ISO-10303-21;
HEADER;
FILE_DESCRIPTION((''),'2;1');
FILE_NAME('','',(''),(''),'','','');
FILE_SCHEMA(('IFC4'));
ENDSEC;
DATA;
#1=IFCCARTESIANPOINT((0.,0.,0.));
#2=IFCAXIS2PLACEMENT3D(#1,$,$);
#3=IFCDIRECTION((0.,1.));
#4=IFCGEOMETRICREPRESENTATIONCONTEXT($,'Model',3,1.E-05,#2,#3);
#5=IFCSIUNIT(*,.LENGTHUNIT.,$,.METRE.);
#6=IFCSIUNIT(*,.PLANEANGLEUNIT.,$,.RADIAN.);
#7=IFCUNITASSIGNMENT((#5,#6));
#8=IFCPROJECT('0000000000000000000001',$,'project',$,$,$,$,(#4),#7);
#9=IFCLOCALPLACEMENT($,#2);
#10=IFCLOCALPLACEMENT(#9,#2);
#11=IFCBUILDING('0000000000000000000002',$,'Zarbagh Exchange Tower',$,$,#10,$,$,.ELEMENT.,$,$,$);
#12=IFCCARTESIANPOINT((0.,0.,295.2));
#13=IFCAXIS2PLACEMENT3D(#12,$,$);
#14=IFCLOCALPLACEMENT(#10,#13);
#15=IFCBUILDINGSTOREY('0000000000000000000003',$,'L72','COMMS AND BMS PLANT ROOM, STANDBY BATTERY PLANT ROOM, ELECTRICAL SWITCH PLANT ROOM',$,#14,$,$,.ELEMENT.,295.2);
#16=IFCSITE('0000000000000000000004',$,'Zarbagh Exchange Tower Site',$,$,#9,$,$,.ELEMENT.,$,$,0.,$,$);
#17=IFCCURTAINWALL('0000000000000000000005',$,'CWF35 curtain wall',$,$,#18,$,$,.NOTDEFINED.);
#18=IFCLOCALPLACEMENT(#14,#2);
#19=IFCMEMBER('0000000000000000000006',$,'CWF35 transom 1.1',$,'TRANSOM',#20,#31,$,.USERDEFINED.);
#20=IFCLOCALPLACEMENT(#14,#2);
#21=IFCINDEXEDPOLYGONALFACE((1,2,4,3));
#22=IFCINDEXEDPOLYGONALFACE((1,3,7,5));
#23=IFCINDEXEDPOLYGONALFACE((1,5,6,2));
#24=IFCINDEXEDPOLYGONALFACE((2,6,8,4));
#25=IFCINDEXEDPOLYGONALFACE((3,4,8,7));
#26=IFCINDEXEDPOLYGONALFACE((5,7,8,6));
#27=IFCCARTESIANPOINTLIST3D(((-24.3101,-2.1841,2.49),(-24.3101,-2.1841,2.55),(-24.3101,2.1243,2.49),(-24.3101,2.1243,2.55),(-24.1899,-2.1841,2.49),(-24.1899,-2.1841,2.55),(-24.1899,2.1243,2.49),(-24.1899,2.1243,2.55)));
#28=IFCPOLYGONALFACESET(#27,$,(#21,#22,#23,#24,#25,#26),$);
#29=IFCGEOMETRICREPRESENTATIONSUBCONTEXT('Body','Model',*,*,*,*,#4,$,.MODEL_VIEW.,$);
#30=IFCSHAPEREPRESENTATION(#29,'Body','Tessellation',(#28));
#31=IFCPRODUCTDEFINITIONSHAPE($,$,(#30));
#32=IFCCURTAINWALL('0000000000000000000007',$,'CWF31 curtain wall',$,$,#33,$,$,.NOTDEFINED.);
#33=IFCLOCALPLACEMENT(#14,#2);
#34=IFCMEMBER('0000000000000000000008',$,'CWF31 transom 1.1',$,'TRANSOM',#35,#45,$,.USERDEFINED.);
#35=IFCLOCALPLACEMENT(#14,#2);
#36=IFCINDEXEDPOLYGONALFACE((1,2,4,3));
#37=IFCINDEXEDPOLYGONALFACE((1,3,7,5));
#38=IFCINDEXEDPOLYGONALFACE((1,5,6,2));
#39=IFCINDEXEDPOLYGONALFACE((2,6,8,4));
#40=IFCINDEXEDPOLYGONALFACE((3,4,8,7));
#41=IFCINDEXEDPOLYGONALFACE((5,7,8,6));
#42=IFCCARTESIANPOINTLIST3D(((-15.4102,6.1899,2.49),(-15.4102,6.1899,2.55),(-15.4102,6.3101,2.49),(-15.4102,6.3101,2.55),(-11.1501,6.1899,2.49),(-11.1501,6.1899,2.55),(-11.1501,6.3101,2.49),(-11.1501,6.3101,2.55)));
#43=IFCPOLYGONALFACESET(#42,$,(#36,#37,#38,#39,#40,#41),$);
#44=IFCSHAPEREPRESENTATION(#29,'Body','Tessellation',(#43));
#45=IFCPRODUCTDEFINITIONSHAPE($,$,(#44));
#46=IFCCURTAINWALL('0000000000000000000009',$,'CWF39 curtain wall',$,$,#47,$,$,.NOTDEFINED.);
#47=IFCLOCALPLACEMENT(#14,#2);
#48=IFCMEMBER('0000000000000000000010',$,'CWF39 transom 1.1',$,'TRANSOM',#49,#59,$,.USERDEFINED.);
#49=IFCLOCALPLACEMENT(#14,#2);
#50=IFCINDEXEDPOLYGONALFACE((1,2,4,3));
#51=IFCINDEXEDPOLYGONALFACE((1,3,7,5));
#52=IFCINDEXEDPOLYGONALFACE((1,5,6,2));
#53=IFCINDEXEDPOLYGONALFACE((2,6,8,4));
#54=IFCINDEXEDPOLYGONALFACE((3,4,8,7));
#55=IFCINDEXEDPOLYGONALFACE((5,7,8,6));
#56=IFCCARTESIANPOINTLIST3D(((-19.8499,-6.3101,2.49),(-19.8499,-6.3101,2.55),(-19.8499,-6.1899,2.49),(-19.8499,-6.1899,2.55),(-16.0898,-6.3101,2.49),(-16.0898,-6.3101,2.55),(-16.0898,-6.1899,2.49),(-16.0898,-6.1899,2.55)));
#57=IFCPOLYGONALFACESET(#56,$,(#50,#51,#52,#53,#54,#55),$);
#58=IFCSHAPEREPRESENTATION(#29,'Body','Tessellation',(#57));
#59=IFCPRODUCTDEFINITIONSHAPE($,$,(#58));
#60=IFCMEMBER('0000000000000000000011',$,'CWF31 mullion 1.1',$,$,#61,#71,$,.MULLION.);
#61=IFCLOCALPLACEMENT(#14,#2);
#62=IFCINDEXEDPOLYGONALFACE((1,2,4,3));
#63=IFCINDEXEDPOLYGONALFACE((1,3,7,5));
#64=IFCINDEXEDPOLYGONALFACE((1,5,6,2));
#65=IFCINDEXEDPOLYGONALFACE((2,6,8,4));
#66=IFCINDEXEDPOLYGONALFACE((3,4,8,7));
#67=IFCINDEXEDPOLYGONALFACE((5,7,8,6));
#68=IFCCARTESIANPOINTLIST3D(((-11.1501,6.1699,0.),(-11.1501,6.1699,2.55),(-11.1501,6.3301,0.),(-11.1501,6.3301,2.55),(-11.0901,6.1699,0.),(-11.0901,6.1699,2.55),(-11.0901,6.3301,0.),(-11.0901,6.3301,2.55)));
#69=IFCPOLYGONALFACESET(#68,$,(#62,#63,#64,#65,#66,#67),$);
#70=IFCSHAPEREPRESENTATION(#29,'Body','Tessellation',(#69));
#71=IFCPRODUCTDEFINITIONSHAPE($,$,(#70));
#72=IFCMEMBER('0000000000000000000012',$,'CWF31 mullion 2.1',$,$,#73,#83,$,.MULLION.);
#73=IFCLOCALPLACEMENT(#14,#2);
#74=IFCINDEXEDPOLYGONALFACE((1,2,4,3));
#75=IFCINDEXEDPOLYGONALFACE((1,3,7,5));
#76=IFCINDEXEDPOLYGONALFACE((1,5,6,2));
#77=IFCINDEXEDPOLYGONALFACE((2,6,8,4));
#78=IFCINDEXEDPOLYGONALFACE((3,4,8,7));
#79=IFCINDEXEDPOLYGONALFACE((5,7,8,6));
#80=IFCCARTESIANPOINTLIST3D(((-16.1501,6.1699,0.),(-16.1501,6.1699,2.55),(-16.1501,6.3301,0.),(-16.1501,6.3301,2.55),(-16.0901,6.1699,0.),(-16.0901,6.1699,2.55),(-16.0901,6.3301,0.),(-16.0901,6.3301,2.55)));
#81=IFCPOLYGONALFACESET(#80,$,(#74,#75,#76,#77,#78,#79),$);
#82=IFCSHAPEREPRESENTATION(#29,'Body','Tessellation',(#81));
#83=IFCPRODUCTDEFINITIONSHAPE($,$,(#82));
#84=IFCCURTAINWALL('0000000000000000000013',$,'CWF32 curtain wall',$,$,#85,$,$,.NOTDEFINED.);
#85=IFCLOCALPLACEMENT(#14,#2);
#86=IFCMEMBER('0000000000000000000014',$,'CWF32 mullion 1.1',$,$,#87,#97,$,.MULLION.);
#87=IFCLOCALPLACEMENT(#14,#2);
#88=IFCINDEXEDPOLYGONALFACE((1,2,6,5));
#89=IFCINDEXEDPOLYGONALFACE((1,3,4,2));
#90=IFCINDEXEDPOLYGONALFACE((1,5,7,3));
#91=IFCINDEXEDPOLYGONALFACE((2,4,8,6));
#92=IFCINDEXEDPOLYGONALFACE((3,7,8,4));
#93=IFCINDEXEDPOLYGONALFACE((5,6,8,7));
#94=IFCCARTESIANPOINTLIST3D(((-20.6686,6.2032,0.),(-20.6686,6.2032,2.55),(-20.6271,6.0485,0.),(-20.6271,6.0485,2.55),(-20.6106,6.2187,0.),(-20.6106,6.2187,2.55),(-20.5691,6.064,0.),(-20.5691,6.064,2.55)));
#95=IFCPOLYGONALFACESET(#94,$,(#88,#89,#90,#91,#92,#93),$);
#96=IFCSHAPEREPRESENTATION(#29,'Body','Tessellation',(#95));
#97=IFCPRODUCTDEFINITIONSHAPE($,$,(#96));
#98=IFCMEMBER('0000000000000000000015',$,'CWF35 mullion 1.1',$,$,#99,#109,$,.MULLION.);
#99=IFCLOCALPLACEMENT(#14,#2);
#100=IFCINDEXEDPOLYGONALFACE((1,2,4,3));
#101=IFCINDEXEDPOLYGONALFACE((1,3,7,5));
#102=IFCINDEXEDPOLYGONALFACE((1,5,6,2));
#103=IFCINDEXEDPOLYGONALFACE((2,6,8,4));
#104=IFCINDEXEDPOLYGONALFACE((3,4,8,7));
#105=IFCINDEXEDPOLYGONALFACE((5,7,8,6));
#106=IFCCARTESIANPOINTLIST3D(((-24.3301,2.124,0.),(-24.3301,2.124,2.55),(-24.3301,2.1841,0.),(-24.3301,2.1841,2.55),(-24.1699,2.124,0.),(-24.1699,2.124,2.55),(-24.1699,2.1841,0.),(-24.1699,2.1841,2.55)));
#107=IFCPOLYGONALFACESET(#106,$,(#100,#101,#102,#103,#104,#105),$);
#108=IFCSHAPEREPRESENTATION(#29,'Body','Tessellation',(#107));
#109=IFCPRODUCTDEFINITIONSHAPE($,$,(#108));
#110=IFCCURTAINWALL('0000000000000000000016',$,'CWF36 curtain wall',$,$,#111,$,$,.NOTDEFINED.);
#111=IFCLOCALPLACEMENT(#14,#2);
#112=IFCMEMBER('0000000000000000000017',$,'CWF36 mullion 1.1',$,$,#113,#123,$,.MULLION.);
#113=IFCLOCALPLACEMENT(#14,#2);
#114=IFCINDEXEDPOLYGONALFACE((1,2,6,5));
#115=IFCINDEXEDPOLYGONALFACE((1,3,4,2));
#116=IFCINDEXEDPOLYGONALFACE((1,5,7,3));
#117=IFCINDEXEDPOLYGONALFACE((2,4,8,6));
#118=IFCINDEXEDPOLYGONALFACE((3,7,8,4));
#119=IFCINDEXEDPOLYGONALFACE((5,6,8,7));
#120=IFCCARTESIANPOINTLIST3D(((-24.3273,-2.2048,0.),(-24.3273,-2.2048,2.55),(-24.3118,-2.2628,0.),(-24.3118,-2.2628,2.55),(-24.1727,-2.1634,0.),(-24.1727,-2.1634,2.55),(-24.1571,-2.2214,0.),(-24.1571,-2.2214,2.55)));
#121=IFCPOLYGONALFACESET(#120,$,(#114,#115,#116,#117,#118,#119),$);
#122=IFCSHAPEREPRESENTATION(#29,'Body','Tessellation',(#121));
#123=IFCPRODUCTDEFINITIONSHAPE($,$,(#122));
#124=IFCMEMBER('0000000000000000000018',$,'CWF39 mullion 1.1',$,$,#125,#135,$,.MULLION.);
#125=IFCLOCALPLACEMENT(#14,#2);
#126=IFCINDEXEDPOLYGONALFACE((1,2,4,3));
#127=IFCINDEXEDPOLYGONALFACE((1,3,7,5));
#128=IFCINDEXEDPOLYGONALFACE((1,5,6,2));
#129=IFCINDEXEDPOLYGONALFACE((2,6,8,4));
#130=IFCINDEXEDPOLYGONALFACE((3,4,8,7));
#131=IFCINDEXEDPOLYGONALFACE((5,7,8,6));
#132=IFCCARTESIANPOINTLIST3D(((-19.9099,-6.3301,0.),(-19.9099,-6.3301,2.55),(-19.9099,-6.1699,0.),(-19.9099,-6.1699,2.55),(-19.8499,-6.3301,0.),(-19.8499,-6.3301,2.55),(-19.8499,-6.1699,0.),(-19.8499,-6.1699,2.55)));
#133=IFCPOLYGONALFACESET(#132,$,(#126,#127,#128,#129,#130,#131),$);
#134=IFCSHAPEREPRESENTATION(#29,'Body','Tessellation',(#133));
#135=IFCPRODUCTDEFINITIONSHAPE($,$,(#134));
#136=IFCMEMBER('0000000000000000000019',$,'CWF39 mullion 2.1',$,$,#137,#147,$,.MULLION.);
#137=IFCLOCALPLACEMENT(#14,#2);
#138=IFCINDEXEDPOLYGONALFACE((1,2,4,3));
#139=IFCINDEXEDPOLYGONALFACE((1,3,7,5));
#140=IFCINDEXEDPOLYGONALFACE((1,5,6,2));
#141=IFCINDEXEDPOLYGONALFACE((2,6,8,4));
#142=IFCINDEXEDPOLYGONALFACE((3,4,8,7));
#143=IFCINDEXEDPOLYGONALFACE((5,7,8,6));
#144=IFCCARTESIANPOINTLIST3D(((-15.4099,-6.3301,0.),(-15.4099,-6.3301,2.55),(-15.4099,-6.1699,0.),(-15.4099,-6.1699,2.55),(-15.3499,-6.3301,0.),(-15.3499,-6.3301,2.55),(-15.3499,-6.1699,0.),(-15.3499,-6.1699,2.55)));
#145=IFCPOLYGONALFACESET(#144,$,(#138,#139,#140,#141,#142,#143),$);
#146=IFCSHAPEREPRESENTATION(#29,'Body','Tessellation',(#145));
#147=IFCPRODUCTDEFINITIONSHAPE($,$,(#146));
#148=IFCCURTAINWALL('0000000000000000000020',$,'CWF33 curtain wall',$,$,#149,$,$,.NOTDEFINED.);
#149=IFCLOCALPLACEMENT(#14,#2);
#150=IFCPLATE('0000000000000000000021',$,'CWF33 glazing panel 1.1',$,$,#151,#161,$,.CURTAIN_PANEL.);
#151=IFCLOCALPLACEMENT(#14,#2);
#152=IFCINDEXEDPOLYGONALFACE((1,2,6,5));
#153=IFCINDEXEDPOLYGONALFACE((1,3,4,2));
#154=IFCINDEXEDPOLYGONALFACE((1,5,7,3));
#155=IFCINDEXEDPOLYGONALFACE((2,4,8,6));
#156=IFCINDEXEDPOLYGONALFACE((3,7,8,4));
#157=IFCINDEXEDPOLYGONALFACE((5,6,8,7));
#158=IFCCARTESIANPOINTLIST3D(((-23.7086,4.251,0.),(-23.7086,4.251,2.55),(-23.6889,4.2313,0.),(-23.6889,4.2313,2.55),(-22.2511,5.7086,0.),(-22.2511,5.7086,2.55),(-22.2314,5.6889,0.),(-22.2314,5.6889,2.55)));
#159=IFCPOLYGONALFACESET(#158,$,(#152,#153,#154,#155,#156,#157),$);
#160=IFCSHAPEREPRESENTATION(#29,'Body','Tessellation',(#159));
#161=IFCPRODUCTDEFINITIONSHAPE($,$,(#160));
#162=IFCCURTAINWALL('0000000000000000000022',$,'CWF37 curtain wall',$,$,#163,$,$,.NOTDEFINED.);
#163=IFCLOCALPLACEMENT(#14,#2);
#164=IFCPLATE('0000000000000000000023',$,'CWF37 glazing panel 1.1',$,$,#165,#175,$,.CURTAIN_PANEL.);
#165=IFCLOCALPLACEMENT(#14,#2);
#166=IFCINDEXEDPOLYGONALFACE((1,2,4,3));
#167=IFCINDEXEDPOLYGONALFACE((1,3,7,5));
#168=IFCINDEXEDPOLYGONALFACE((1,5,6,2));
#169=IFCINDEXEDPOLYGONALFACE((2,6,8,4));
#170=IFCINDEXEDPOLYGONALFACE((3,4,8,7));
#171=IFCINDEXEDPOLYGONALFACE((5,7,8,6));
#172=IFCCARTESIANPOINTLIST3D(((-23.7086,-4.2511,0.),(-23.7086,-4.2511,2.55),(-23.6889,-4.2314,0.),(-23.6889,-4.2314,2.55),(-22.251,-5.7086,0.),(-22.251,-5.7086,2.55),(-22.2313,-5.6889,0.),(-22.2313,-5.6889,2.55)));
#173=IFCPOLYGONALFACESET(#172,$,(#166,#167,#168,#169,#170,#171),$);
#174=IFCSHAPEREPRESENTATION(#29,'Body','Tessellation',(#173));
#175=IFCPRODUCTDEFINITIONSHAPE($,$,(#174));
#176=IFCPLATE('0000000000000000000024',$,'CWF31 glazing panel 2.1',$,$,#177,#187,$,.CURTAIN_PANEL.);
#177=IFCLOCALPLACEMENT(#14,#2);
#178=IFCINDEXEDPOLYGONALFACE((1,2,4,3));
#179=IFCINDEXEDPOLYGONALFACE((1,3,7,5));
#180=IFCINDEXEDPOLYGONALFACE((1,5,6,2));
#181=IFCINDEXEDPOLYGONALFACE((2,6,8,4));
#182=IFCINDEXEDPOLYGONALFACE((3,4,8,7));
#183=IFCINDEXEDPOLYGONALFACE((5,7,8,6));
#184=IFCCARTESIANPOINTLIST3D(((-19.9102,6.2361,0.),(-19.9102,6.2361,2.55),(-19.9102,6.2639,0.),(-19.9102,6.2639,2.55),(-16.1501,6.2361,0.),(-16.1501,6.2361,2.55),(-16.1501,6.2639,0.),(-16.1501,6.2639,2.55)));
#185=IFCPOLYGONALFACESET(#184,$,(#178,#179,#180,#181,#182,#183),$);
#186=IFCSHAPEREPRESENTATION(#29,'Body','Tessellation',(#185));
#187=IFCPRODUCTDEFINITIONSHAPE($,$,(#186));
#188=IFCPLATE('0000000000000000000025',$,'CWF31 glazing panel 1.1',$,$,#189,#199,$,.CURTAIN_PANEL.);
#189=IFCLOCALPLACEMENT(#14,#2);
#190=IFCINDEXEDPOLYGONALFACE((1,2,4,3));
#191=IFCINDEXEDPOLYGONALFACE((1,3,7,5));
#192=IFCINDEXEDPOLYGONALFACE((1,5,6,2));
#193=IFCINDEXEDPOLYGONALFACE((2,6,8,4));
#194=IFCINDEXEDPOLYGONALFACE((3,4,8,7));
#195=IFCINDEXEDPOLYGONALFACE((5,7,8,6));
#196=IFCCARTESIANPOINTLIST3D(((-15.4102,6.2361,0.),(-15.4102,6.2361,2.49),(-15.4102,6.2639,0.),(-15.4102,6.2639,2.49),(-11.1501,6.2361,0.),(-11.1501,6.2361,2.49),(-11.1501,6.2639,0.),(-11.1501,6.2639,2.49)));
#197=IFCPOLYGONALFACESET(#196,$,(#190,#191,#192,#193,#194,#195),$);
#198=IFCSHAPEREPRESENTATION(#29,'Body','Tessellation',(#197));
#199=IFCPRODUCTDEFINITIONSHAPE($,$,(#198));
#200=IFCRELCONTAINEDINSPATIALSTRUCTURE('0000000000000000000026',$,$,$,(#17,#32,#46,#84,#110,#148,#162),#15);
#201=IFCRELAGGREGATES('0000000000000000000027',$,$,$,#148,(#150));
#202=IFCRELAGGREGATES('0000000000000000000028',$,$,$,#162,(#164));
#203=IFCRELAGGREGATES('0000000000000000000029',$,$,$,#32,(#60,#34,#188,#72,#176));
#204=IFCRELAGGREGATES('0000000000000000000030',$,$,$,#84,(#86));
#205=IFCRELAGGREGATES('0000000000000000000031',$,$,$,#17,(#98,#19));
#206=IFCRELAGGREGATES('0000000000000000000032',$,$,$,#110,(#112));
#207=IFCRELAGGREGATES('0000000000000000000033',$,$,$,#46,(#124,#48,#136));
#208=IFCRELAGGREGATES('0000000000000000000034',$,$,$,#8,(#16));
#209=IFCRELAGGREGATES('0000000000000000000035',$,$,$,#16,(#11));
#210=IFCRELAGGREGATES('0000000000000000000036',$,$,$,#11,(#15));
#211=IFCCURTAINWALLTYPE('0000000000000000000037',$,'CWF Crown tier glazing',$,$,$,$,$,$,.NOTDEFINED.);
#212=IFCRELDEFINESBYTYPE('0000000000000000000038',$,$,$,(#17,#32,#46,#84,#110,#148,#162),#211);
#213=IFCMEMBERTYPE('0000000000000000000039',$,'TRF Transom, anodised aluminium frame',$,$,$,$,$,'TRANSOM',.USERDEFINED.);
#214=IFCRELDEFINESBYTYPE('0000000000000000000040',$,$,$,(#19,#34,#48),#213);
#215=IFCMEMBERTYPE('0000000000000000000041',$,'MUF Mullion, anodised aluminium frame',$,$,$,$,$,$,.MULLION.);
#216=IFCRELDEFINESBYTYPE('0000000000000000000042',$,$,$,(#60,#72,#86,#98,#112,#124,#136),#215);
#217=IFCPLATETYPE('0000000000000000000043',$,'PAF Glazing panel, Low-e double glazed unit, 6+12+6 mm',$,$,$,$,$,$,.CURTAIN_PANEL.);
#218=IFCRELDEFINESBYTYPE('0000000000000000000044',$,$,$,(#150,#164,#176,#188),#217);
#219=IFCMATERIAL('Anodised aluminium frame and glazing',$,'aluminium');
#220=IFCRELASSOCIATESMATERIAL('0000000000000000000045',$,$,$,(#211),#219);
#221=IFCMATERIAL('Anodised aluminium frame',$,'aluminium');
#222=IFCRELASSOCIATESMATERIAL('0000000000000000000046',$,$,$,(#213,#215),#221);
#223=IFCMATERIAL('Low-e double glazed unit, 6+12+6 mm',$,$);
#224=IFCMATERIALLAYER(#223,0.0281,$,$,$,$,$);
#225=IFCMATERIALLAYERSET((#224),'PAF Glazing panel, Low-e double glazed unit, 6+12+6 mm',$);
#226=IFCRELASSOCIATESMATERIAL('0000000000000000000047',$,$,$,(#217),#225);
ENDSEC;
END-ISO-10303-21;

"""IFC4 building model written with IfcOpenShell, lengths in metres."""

from ifc_helpers import new_model, si_unit, direction, frame, origin, place, context, subcontext, project, spatial, polyline, outline, extrude, source, transform, mapped, material, layer, layer_set, type_object, element, aggregate, save


model = new_model("IFC4")

# Units and contexts
model_context = context("Model", 3, precision=1e-05, world=origin(), true_north=direction((0.0, 1.0)))
body_context = subcontext(model_context, "Body", "Model", "MODEL_VIEW")
ifc_project = project(units=[si_unit("LENGTHUNIT", "METRE"), si_unit("PLANEANGLEUNIT", "RADIAN")], contexts=[model_context])

# Site, building, storey
site_placement = place(None, origin())
site = spatial("IfcSite", under=ifc_project, at=site_placement, Name="Zarbagh Exchange Tower Site", CompositionType="ELEMENT", RefElevation=0.0)
building_placement = place(site_placement, origin())
building = spatial("IfcBuilding", under=site, at=building_placement, Name="Zarbagh Exchange Tower", CompositionType="ELEMENT")
storey_placement = place(building_placement, frame((0.0, 0.0, 295.2)))
storey = spatial("IfcBuildingStorey", under=building, at=storey_placement, Name="L72", Description="COMMS AND BMS PLANT ROOM, STANDBY BATTERY PLANT ROOM, ELECTRICAL SWITCH PLANT ROOM", CompositionType="ELEMENT", Elevation=295.2)

# Curtain walls, members
ifc_material_1 = material(Name="Anodised aluminium frame and glazing", Category="aluminium")
curtain_wall_type = type_object("IfcCurtainWallType", Name="CWF Crown tier glazing", PredefinedType="NOTDEFINED", material=ifc_material_1)
curtain_wall_1_placement = place(storey_placement, origin())
curtain_wall_1 = element("IfcCurtainWall", 1, at=curtain_wall_1_placement, inside=storey, type_object=curtain_wall_type, Name="CWF35 curtain wall", PredefinedType="NOTDEFINED")
ifc_material_2 = material(Name="Anodised aluminium frame", Category="aluminium")
member_type_1 = type_object("IfcMemberType", Name="TRF Transom, anodised aluminium frame", ElementType="TRANSOM", PredefinedType="USERDEFINED", material=ifc_material_2)
shared_shape_1 = source(origin(), body_context, "Body", "SweptSolid", [
    extrude(outline(polyline([(-0.0601, -0.0601), (0.0, -0.0601), (0.0, 0.0601), (-0.0601, 0.0601), (-0.0601, -0.0601)])), origin(), (0.0, 0.0, 1.0), 4.3083),
])
placement = place(storey_placement, origin())
member_1 = element("IfcMember", 2, at=placement, type_object=member_type_1, Name="CWF35 transom 1.1", ObjectType="TRANSOM", PredefinedType="USERDEFINED", context=body_context, shape_type="MappedRepresentation", body=[
    mapped(shared_shape_1, transform((-24.25, 2.1243, 2.55), x_axis=(0.0, 0.0, 1.0), y_axis=(-1.0, 0.0, 0.0), z_axis=(0.0, -1.0, 0.0))),
])
curtain_wall_2_placement = place(storey_placement, origin())
curtain_wall_2 = element("IfcCurtainWall", 3, at=curtain_wall_2_placement, inside=storey, type_object=curtain_wall_type, Name="CWF31 curtain wall", PredefinedType="NOTDEFINED")
shared_shape_2 = source(origin(), body_context, "Body", "SweptSolid", [
    extrude(outline(polyline([(-0.0601, -0.0601), (0.0, -0.0601), (0.0, 0.0601), (-0.0601, 0.0601), (-0.0601, -0.0601)])), origin(), (0.0, 0.0, 1.0), 4.26),
])
member_2 = element("IfcMember", 4, at=placement, type_object=member_type_1, Name="CWF31 transom 1.1", ObjectType="TRANSOM", PredefinedType="USERDEFINED", context=body_context, shape_type="MappedRepresentation", body=[
    mapped(shared_shape_2, transform((-11.1501, 6.25, 2.55), x_axis=(0.0, 0.0, 1.0), y_axis=(0.0, 1.0, 0.0), z_axis=(-1.0, 0.0, 0.0))),
])
curtain_wall_3_placement = place(storey_placement, origin())
curtain_wall_3 = element("IfcCurtainWall", 5, at=curtain_wall_3_placement, inside=storey, type_object=curtain_wall_type, Name="CWF39 curtain wall", PredefinedType="NOTDEFINED")
shared_shape_3 = source(origin(), body_context, "Body", "SweptSolid", [
    extrude(outline(polyline([(-0.0601, -0.0601), (0.0, -0.0601), (0.0, 0.0601), (-0.0601, 0.0601), (-0.0601, -0.0601)])), origin(), (0.0, 0.0, 1.0), 3.76),
])
member_3 = element("IfcMember", 6, at=placement, type_object=member_type_1, Name="CWF39 transom 1.1", ObjectType="TRANSOM", PredefinedType="USERDEFINED", context=body_context, shape_type="MappedRepresentation", body=[
    mapped(shared_shape_3, transform((-19.8499, -6.25, 2.55), x_axis=(0.0, 0.0, 1.0), y_axis=(0.0, -1.0, 0.0), z_axis=(1.0, 0.0, 0.0))),
])

# Members
member_type_2 = type_object("IfcMemberType", Name="MUF Mullion, anodised aluminium frame", PredefinedType="MULLION", material=ifc_material_2)
shared_shape_4 = source(origin(), body_context, "Body", "SweptSolid", [
    extrude(outline(polyline([(0.0, -0.0801), (0.0601, -0.0801), (0.0601, 0.0801), (0.0, 0.0801), (0.0, -0.0801)])), origin(), (0.0, 0.0, 1.0), 2.55),
])
member_4 = element("IfcMember", 7, at=placement, type_object=member_type_2, Name="CWF31 mullion 1.1", PredefinedType="MULLION", context=body_context, shape_type="MappedRepresentation", body=[
    mapped(shared_shape_4, transform((-11.0901, 6.25, 0.0), x_axis=(-1.0, 0.0, 0.0), y_axis=(0.0, -1.0, 0.0), z_axis=(0.0, 0.0, 1.0))),
])
member_5 = element("IfcMember", 8, at=placement, type_object=member_type_2, Name="CWF31 mullion 2.1", PredefinedType="MULLION", context=body_context, shape_type="MappedRepresentation", body=[
    mapped(shared_shape_4, transform((-16.0901, 6.25, 0.0), x_axis=(-1.0, 0.0, 0.0), y_axis=(0.0, -1.0, 0.0), z_axis=(0.0, 0.0, 1.0))),
])

# Curtain wall, member
curtain_wall_4_placement = place(storey_placement, origin())
curtain_wall_4 = element("IfcCurtainWall", 9, at=curtain_wall_4_placement, inside=storey, type_object=curtain_wall_type, Name="CWF32 curtain wall", PredefinedType="NOTDEFINED")
member_6 = element("IfcMember", 10, at=placement, type_object=member_type_2, Name="CWF32 mullion 1.1", PredefinedType="MULLION", context=body_context, shape_type="MappedRepresentation", body=[
    mapped(shared_shape_4, transform((-20.5898, 6.1414, 0.0), x_axis=(-0.965924, -0.258825, 0.0), y_axis=(0.258825, -0.965924, 0.0), z_axis=(0.0, 0.0, 1.0))),
])

# Member
member_7 = element("IfcMember", 11, at=placement, type_object=member_type_2, Name="CWF35 mullion 1.1", PredefinedType="MULLION", context=body_context, shape_type="MappedRepresentation", body=[
    mapped(shared_shape_4, transform((-24.25, 2.1841, 0.0), x_axis=(0.0, -1.0, 0.0), y_axis=(1.0, 0.0, 0.0), z_axis=(0.0, 0.0, 1.0))),
])

# Curtain wall, member
curtain_wall_5_placement = place(storey_placement, origin())
curtain_wall_5 = element("IfcCurtainWall", 12, at=curtain_wall_5_placement, inside=storey, type_object=curtain_wall_type, Name="CWF36 curtain wall", PredefinedType="NOTDEFINED")
member_8 = element("IfcMember", 13, at=placement, type_object=member_type_2, Name="CWF36 mullion 1.1", PredefinedType="MULLION", context=body_context, shape_type="MappedRepresentation", body=[
    mapped(shared_shape_4, transform((-24.25, -2.1841, 0.0), x_axis=(0.258825, -0.965924, 0.0), y_axis=(0.965924, 0.258825, 0.0), z_axis=(0.0, 0.0, 1.0))),
])

# Members
member_9 = element("IfcMember", 14, at=placement, type_object=member_type_2, Name="CWF39 mullion 1.1", PredefinedType="MULLION", context=body_context, shape_type="MappedRepresentation", body=[
    mapped(shared_shape_4, transform((-19.9099, -6.25, 0.0), x_axis=(1.0, 0.0, 0.0), y_axis=(0.0, 1.0, 0.0), z_axis=(0.0, 0.0, 1.0))),
])
member_10 = element("IfcMember", 15, at=placement, type_object=member_type_2, Name="CWF39 mullion 2.1", PredefinedType="MULLION", context=body_context, shape_type="MappedRepresentation", body=[
    mapped(shared_shape_4, transform((-15.4099, -6.25, 0.0), x_axis=(1.0, 0.0, 0.0), y_axis=(0.0, 1.0, 0.0), z_axis=(0.0, 0.0, 1.0))),
])

# Curtain walls, plates
curtain_wall_6_placement = place(storey_placement, origin())
curtain_wall_6 = element("IfcCurtainWall", 16, at=curtain_wall_6_placement, inside=storey, type_object=curtain_wall_type, Name="CWF33 curtain wall", PredefinedType="NOTDEFINED")
ifc_material_3 = material(Name="Low-e double glazed unit, 6+12+6 mm")
ifc_layer = layer(ifc_material_3, 0.0281)
ifc_layer_set = layer_set([ifc_layer], Name="PAF Glazing panel, Low-e double glazed unit, 6+12+6 mm")
plate_type = type_object("IfcPlateType", Name="PAF Glazing panel, Low-e double glazed unit, 6+12+6 mm", PredefinedType="CURTAIN_PANEL", material=ifc_layer_set)
shared_shape_5 = source(origin(), body_context, "Body", "SweptSolid", [
    extrude(outline(polyline([(0.0, -0.0139), (2.0613, -0.0139), (2.0613, 0.0139), (0.0, 0.0139), (0.0, -0.0139)])), origin(), (0.0, 0.0, 1.0), 2.55),
])
plate_1 = element("IfcPlate", 17, at=placement, type_object=plate_type, Name="CWF33 glazing panel 1.1", PredefinedType="CURTAIN_PANEL", context=body_context, shape_type="MappedRepresentation", body=[
    mapped(shared_shape_5, transform((-22.2412, 5.6987, 0.0), x_axis=(-0.707107, -0.707107, 0.0), y_axis=(0.707107, -0.707107, 0.0), z_axis=(0.0, 0.0, 1.0))),
])
aggregate(curtain_wall_6, [plate_1])
curtain_wall_7_placement = place(storey_placement, origin())
curtain_wall_7 = element("IfcCurtainWall", 18, at=curtain_wall_7_placement, inside=storey, type_object=curtain_wall_type, Name="CWF37 curtain wall", PredefinedType="NOTDEFINED")
plate_2 = element("IfcPlate", 19, at=placement, type_object=plate_type, Name="CWF37 glazing panel 1.1", PredefinedType="CURTAIN_PANEL", context=body_context, shape_type="MappedRepresentation", body=[
    mapped(shared_shape_5, transform((-23.6987, -4.2412, 0.0), x_axis=(0.707107, -0.707107, 0.0), y_axis=(0.707107, 0.707107, 0.0), z_axis=(0.0, 0.0, 1.0))),
])
aggregate(curtain_wall_7, [plate_2])

# Plates
shared_shape_6 = source(origin(), body_context, "Body", "SweptSolid", [
    extrude(outline(polyline([(0.0, -0.0139), (3.76, -0.0139), (3.76, 0.0139), (0.0, 0.0139), (0.0, -0.0139)])), origin(), (0.0, 0.0, 1.0), 2.55),
])
plate_3 = element("IfcPlate", 20, at=placement, type_object=plate_type, Name="CWF31 glazing panel 2.1", PredefinedType="CURTAIN_PANEL", context=body_context, shape_type="MappedRepresentation", body=[
    mapped(shared_shape_6, transform((-16.1501, 6.25, 0.0), x_axis=(-1.0, 0.0, 0.0), y_axis=(0.0, -1.0, 0.0), z_axis=(0.0, 0.0, 1.0))),
])
shared_shape_7 = source(origin(), body_context, "Body", "SweptSolid", [
    extrude(outline(polyline([(0.0, -0.0139), (4.26, -0.0139), (4.26, 0.0139), (0.0, 0.0139), (0.0, -0.0139)])), origin(), (0.0, 0.0, 1.0), 2.49),
])
plate_4 = element("IfcPlate", 21, at=placement, type_object=plate_type, Name="CWF31 glazing panel 1.1", PredefinedType="CURTAIN_PANEL", context=body_context, shape_type="MappedRepresentation", body=[
    mapped(shared_shape_7, transform((-11.1501, 6.25, 0.0), x_axis=(-1.0, 0.0, 0.0), y_axis=(0.0, -1.0, 0.0), z_axis=(0.0, 0.0, 1.0))),
])
aggregate(curtain_wall_2, [member_4, member_2, plate_4, member_5, plate_3])
aggregate(curtain_wall_4, [member_6])

aggregate(curtain_wall_1, [member_7, member_1])
aggregate(curtain_wall_5, [member_8])

aggregate(curtain_wall_3, [member_9, member_3, member_10])

save(model, "model.ifc")
